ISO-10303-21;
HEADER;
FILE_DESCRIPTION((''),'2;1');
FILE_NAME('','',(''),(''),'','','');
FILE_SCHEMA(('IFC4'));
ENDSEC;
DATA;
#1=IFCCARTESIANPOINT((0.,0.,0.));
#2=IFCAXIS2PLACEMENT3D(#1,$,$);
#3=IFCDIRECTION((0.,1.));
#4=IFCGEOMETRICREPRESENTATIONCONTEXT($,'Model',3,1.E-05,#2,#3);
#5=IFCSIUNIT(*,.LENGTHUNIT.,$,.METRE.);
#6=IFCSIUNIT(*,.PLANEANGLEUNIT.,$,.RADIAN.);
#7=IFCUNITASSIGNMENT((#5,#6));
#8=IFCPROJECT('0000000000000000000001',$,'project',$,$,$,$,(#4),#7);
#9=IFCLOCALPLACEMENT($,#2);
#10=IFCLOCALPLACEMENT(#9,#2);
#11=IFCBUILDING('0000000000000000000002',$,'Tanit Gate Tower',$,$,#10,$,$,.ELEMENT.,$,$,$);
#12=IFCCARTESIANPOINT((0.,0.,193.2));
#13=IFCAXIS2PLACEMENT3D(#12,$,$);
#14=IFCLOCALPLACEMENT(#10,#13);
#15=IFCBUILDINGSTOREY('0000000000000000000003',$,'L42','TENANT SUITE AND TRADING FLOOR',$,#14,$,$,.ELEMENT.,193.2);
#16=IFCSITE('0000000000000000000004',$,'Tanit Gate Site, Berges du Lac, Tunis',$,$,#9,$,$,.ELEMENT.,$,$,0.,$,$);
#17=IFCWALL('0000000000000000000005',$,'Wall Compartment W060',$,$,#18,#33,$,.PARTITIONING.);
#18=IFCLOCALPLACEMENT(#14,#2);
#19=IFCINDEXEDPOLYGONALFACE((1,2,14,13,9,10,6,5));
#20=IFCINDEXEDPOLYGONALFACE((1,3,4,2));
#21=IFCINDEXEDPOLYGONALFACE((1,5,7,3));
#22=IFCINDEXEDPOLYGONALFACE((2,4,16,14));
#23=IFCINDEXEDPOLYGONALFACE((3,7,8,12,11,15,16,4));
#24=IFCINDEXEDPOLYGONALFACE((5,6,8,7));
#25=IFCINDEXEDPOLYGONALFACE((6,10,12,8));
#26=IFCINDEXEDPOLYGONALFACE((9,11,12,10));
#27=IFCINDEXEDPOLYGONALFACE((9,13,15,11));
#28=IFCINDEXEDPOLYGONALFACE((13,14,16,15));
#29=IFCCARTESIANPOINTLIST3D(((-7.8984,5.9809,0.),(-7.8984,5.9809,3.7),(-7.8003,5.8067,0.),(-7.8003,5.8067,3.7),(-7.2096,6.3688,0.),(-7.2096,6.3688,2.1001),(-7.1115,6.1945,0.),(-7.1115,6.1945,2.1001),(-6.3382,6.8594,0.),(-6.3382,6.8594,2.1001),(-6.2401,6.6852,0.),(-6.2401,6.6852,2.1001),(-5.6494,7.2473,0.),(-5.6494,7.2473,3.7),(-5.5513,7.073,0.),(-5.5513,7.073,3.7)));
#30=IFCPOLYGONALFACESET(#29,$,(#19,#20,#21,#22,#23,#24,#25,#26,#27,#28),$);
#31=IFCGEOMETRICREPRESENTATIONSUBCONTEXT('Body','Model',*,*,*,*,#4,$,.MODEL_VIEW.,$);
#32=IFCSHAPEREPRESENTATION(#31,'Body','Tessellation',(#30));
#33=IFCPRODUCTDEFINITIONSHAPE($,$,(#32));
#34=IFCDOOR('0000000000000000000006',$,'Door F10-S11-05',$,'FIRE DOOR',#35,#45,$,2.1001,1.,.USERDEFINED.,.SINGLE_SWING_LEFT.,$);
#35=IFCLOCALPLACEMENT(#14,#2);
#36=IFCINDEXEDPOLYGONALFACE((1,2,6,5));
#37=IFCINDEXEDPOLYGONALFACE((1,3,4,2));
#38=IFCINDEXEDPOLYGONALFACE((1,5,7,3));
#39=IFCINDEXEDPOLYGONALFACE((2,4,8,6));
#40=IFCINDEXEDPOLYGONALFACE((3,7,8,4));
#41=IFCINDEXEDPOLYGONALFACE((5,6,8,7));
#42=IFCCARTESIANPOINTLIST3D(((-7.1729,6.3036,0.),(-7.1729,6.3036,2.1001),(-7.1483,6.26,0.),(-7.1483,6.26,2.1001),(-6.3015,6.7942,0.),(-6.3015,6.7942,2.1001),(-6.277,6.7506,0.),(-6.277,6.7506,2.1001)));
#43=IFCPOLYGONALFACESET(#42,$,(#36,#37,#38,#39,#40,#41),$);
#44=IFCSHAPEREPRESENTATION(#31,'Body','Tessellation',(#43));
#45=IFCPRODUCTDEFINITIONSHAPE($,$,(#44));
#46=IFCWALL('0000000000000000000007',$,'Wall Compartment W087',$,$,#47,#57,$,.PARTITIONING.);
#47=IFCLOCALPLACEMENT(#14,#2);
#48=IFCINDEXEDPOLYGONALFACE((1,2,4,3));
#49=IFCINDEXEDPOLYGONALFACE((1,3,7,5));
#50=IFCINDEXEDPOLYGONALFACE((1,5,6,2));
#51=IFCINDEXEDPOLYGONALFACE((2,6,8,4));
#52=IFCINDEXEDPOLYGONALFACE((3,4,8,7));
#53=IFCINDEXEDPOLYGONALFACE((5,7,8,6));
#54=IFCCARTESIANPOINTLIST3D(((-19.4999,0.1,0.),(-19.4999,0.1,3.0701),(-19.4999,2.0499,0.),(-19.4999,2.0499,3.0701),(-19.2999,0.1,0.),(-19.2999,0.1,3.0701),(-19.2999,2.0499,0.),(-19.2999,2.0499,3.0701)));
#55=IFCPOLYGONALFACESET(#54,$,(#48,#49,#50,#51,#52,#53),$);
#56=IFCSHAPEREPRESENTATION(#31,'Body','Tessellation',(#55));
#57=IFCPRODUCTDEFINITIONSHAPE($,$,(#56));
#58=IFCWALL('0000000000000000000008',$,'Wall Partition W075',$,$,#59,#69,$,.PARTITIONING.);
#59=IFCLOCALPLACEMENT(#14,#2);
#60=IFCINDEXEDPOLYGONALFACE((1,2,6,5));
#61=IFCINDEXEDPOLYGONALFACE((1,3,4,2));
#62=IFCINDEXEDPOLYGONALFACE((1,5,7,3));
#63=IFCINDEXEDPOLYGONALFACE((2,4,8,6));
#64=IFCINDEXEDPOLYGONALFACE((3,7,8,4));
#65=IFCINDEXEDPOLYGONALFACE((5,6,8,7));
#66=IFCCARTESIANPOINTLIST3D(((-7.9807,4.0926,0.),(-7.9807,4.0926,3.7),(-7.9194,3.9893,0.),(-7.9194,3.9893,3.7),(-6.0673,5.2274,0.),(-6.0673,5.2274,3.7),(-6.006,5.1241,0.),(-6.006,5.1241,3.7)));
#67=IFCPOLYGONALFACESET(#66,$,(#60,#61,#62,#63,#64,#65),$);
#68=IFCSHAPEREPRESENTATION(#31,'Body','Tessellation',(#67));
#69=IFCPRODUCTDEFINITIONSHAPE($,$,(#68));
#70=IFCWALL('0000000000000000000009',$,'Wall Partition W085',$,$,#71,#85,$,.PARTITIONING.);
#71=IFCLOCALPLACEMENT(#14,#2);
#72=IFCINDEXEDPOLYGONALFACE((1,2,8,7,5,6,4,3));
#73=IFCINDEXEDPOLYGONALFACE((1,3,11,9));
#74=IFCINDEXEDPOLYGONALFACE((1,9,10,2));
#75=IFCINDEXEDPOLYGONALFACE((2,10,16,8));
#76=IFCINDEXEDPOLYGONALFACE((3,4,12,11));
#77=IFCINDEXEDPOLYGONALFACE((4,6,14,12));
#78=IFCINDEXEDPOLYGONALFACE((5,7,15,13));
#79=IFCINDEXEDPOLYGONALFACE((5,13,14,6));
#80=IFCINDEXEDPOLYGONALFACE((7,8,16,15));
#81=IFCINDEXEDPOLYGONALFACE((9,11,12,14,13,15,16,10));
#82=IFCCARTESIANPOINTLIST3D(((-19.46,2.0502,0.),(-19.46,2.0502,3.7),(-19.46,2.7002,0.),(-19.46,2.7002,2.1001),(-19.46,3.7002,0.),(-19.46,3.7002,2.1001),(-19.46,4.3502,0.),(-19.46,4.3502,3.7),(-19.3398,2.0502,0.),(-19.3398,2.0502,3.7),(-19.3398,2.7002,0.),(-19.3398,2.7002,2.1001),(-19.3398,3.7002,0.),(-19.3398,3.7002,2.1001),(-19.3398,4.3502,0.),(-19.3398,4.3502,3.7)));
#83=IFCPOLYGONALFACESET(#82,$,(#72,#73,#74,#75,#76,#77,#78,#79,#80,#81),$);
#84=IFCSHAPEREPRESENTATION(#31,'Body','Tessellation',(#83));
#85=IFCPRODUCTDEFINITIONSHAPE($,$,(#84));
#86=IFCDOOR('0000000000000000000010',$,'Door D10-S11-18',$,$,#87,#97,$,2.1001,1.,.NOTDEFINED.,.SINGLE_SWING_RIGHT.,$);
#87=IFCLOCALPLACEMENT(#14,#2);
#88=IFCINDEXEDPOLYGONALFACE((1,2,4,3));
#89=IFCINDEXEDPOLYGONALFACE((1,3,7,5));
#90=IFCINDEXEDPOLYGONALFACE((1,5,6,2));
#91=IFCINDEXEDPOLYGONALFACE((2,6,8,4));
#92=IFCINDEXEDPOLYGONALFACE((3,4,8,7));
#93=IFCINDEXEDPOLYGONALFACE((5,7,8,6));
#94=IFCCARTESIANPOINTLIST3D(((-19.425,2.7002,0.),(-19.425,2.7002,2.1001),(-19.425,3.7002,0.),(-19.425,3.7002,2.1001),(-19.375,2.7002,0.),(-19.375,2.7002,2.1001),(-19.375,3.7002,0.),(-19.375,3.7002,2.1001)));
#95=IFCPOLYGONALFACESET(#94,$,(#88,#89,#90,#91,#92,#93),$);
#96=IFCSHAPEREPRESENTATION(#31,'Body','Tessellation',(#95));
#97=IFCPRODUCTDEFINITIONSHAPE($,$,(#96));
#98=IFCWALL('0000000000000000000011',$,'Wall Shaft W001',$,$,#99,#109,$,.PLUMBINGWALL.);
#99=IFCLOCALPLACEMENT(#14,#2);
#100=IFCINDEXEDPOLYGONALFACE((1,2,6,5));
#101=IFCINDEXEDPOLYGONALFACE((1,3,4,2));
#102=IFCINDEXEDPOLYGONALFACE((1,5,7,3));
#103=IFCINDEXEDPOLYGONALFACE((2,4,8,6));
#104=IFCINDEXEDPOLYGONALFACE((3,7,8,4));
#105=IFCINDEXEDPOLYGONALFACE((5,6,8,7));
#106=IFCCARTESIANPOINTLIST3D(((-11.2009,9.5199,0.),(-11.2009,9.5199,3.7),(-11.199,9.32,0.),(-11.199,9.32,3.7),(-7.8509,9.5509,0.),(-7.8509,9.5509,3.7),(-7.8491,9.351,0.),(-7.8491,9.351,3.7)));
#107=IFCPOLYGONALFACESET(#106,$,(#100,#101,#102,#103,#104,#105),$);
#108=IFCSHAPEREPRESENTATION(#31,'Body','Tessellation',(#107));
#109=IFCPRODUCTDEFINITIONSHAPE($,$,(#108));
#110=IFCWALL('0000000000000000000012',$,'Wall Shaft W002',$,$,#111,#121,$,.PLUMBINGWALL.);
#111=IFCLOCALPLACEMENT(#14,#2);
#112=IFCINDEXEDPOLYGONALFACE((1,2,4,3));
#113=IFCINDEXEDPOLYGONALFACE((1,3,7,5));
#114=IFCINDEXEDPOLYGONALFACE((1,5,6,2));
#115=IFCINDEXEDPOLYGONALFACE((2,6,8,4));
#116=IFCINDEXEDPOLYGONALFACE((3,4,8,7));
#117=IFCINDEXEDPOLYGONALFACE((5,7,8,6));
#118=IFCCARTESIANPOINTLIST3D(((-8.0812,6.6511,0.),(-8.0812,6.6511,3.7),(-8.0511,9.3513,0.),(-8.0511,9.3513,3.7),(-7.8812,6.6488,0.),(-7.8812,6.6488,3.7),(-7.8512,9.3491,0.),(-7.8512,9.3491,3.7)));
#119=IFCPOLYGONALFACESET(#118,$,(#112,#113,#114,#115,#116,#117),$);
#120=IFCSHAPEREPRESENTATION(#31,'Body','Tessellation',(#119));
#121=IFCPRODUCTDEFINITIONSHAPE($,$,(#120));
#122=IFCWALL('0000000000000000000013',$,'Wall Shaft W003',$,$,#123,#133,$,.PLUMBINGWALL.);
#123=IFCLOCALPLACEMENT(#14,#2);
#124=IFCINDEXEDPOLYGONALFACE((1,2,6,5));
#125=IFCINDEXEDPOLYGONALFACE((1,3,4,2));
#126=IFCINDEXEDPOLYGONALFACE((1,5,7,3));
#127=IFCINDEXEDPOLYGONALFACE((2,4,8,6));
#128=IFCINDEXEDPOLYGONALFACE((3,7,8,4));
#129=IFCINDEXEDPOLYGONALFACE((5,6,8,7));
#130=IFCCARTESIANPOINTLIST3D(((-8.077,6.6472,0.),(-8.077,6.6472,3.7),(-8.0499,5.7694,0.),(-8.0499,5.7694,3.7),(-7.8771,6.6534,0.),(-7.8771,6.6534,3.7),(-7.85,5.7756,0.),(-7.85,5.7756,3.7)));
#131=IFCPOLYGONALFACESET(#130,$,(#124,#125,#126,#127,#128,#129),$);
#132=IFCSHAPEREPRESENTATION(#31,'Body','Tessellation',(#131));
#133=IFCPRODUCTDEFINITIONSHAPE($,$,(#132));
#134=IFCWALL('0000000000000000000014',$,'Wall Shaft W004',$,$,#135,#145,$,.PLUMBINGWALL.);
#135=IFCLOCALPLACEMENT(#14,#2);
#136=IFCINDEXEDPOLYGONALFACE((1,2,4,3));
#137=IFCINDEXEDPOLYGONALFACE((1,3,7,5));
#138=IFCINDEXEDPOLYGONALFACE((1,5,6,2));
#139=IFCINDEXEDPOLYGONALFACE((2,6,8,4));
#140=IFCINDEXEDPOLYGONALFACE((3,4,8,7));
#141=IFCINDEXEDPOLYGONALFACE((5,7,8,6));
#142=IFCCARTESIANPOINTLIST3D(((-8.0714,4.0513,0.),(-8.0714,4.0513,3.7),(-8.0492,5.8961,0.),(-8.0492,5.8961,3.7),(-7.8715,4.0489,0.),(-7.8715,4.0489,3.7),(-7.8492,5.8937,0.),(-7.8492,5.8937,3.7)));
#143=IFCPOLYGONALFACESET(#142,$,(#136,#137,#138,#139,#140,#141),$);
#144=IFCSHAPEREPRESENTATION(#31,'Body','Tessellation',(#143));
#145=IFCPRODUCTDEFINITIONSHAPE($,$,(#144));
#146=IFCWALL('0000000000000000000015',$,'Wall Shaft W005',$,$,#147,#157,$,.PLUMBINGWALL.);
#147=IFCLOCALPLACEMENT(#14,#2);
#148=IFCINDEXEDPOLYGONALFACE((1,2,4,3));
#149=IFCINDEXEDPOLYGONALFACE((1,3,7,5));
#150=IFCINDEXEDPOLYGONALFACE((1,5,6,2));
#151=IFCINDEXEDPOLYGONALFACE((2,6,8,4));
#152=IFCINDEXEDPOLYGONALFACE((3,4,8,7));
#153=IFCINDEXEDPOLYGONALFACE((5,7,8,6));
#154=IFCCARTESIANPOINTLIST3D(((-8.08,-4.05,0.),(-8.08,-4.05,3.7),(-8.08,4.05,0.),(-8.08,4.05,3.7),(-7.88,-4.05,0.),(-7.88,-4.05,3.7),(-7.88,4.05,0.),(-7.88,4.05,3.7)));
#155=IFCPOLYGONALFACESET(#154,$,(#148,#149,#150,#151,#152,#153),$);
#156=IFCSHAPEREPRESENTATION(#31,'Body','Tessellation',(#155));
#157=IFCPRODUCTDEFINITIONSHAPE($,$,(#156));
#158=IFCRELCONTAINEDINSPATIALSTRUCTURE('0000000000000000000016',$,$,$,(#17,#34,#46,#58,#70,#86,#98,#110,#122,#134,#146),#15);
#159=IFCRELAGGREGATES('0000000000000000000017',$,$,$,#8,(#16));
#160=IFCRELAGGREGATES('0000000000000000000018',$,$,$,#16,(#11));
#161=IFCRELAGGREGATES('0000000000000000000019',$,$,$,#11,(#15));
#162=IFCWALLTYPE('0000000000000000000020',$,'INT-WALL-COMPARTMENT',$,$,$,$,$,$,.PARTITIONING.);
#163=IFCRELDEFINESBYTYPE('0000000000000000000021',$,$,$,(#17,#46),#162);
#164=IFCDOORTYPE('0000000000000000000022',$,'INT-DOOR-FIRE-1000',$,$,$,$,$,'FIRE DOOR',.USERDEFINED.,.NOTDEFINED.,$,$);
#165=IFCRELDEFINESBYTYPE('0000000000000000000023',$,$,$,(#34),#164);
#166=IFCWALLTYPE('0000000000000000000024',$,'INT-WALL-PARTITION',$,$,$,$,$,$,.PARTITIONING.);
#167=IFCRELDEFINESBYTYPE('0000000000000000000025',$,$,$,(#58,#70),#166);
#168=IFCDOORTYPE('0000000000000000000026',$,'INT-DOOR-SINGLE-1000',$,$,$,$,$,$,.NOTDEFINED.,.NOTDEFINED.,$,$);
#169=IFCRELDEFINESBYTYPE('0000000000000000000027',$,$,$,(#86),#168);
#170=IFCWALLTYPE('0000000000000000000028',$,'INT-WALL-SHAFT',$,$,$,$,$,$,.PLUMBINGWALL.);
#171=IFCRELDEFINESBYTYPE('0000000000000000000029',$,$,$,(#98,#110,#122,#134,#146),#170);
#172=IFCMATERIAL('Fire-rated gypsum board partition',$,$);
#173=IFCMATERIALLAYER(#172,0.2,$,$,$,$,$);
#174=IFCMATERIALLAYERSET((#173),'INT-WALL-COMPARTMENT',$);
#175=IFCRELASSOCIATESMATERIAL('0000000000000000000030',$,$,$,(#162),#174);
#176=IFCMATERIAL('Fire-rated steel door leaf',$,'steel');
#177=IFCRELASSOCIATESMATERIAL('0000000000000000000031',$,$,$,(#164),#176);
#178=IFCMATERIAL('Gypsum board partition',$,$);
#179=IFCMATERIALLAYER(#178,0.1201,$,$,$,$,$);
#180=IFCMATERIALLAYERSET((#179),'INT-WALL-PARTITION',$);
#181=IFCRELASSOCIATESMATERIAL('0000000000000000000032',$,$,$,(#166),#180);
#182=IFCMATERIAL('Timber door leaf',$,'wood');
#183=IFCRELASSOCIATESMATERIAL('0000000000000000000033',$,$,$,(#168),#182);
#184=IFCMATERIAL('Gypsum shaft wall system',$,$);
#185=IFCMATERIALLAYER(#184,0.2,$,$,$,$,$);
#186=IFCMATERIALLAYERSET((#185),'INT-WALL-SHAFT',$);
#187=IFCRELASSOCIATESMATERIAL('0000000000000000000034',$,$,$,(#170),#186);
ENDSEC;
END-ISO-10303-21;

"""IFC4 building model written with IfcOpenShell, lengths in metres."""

from ifc_helpers import new_model, si_unit, direction, frame, frame_2d, origin, place, context, subcontext, project, spatial, rectangle, extrude, material, layer, layer_set, type_object, element, fill, save


model = new_model("IFC4")

# Units and contexts
model_context = context("Model", 3, precision=1e-05, world=origin(), true_north=direction((0.0, 1.0)))
body_context = subcontext(model_context, "Body", "Model", "MODEL_VIEW")
ifc_project = project(units=[si_unit("LENGTHUNIT", "METRE"), si_unit("PLANEANGLEUNIT", "RADIAN")], contexts=[model_context])

# Site, building, storey
site_placement = place(None, origin())
site = spatial("IfcSite", under=ifc_project, at=site_placement, Name="Tanit Gate Site, Berges du Lac, Tunis", CompositionType="ELEMENT", RefElevation=0.0)
building_placement = place(site_placement, origin())
building = spatial("IfcBuilding", under=site, at=building_placement, Name="Tanit Gate Tower", CompositionType="ELEMENT")
storey_placement = place(building_placement, frame((0.0, 0.0, 193.2)))
storey = spatial("IfcBuildingStorey", under=building, at=storey_placement, Name="L42", Description="TENANT SUITE AND TRADING FLOOR", CompositionType="ELEMENT", Elevation=193.2)

# Wall, opening, door
ifc_material_1 = material(Name="Fire-rated gypsum board partition")
ifc_layer_1 = layer(ifc_material_1, 0.2)
ifc_layer_set_1 = layer_set([ifc_layer_1], Name="INT-WALL-COMPARTMENT")
wall_type_1 = type_object("IfcWallType", Name="INT-WALL-COMPARTMENT", PredefinedType="PARTITIONING", material=ifc_layer_set_1)
wall_1_placement = place(storey_placement, frame((-5.6003, 7.1602, 0.0), z_axis=(0.0, 0.0, 1.0), x_axis=(-0.871363, -0.490638, 0.0)))
wall_1 = element("IfcWall", 1, at=wall_1_placement, inside=storey, type_object=wall_type_1, Name="Wall Compartment W060", PredefinedType="PARTITIONING", context=body_context, shape_type="SweptSolid", body=[
    extrude(rectangle(XDim=2.5811, YDim=0.2, at=frame_2d((1.2905, 0.0))), origin(), (0.0, 0.0, 1.0), 3.7),
])
opening_1_placement = place(wall_1_placement, frame((0.7905, 0.0, 0.0)))
opening_1 = element("IfcOpeningElement", 2, at=opening_1_placement, cuts=wall_1, PredefinedType="OPENING", context=body_context, shape_type="SweptSolid", body=[
    extrude(rectangle(XDim=1.0, YDim=2.1001, at=frame_2d((0.5, 1.05))), frame((0.0, 0.1099, 0.0), z_axis=(0.0, -1.0, 0.0), x_axis=(1.0, 0.0, 0.0)), (0.0, 0.0, 1.0), 0.22),
])
ifc_material_2 = material(Name="Fire-rated steel door leaf", Category="steel")
door_type_1 = type_object("IfcDoorType", Name="INT-DOOR-FIRE-1000", ElementType="FIRE DOOR", OperationType="NOTDEFINED", PredefinedType="USERDEFINED", material=ifc_material_2)
door_1_placement = place(opening_1_placement, origin())
door_1 = element("IfcDoor", 3, at=door_1_placement, inside=storey, type_object=door_type_1, Name="Door F10-S11-05", ObjectType="FIRE DOOR", OperationType="SINGLE_SWING_LEFT", OverallHeight=2.1001, OverallWidth=1.0, PredefinedType="USERDEFINED", context=body_context, shape_type="SweptSolid", body=[
    extrude(rectangle(XDim=1.0, YDim=2.1001, at=frame_2d((0.5, 1.05))), frame((0.0, 0.0249, 0.0), z_axis=(0.0, -1.0, 0.0), x_axis=(1.0, 0.0, 0.0)), (0.0, 0.0, 1.0), 0.05),
])
fill(opening_1, door_1)

# Walls
wall_2_placement = place(storey_placement, frame((-19.3999, 2.05, 0.0), z_axis=(0.0, 0.0, 1.0), x_axis=(0.0, -1.0, 0.0)))
element("IfcWall", 4, at=wall_2_placement, inside=storey, type_object=wall_type_1, Name="Wall Compartment W087", PredefinedType="PARTITIONING", context=body_context, shape_type="SweptSolid", body=[
    extrude(rectangle(XDim=1.95, YDim=0.2, at=frame_2d((0.9751, 0.0))), origin(), (0.0, 0.0, 1.0), 3.0701),
])
ifc_material_3 = material(Name="Gypsum board partition")
ifc_layer_2 = layer(ifc_material_3, 0.1201)
ifc_layer_set_2 = layer_set([ifc_layer_2], Name="INT-WALL-PARTITION")
wall_type_2 = type_object("IfcWallType", Name="INT-WALL-PARTITION", PredefinedType="PARTITIONING", material=ifc_layer_set_2)
wall_3_placement = place(storey_placement, frame((-6.0366, 5.1758, 0.0), z_axis=(0.0, 0.0, 1.0), x_axis=(-0.860106, -0.510115, 0.0)))
element("IfcWall", 5, at=wall_3_placement, inside=storey, type_object=wall_type_2, Name="Wall Partition W075", PredefinedType="PARTITIONING", context=body_context, shape_type="SweptSolid", body=[
    extrude(rectangle(XDim=2.2246, YDim=0.1201, at=frame_2d((1.1123, 0.0))), origin(), (0.0, 0.0, 1.0), 3.7),
])

# Wall, opening, door
wall_4_placement = place(storey_placement, frame((-19.3999, 4.3501, 0.0), z_axis=(0.0, 0.0, 1.0), x_axis=(0.0, -1.0, 0.0)))
wall_4 = element("IfcWall", 6, at=wall_4_placement, inside=storey, type_object=wall_type_2, Name="Wall Partition W085", PredefinedType="PARTITIONING", context=body_context, shape_type="SweptSolid", body=[
    extrude(rectangle(XDim=2.3, YDim=0.1201, at=frame_2d((1.1499, 0.0))), origin(), (0.0, 0.0, 1.0), 3.7),
])
opening_2_placement = place(wall_4_placement, frame((0.6499, 0.0, 0.0)))
opening_2 = element("IfcOpeningElement", 7, at=opening_2_placement, cuts=wall_4, PredefinedType="OPENING", context=body_context, shape_type="SweptSolid", body=[
    extrude(rectangle(XDim=1.0, YDim=2.1001, at=frame_2d((0.5, 1.05))), frame((0.0, 0.0701, 0.0), z_axis=(0.0, -1.0, 0.0), x_axis=(1.0, 0.0, 0.0)), (0.0, 0.0, 1.0), 0.1401),
])
ifc_material_4 = material(Name="Timber door leaf", Category="wood")
door_type_2 = type_object("IfcDoorType", Name="INT-DOOR-SINGLE-1000", OperationType="NOTDEFINED", PredefinedType="NOTDEFINED", material=ifc_material_4)
door_2_placement = place(opening_2_placement, origin())
door_2 = element("IfcDoor", 8, at=door_2_placement, inside=storey, type_object=door_type_2, Name="Door D10-S11-18", OperationType="SINGLE_SWING_RIGHT", OverallHeight=2.1001, OverallWidth=1.0, PredefinedType="NOTDEFINED", context=body_context, shape_type="SweptSolid", body=[
    extrude(rectangle(XDim=1.0, YDim=2.1001, at=frame_2d((0.5, 1.05))), frame((0.0, 0.0249, 0.0), z_axis=(0.0, -1.0, 0.0), x_axis=(1.0, 0.0, 0.0)), (0.0, 0.0, 1.0), 0.05),
])
fill(opening_2, door_2)

# Walls
ifc_material_5 = material(Name="Gypsum shaft wall system")
ifc_layer_3 = layer(ifc_material_5, 0.2)
ifc_layer_set_3 = layer_set([ifc_layer_3], Name="INT-WALL-SHAFT")
wall_type_3 = type_object("IfcWallType", Name="INT-WALL-SHAFT", PredefinedType="PLUMBINGWALL", material=ifc_layer_set_3)
wall_5_placement = place(storey_placement, frame((-11.2, 9.4199, 0.0), z_axis=(0.0, 0.0, 1.0), x_axis=(0.999957, 0.009255, 0.0)))
element("IfcWall", 9, at=wall_5_placement, inside=storey, type_object=wall_type_3, Name="Wall Shaft W001", PredefinedType="PLUMBINGWALL", context=body_context, shape_type="SweptSolid", body=[
    extrude(rectangle(XDim=3.3501, YDim=0.2, at=frame_2d((1.675, 0.0))), origin(), (0.0, 0.0, 1.0), 3.7),
])
wall_6_placement = place(storey_placement, frame((-7.9512, 9.3501, 0.0), z_axis=(0.0, 0.0, 1.0), x_axis=(-0.01112, -0.999938, 0.0)))
element("IfcWall", 10, at=wall_6_placement, inside=storey, type_object=wall_type_3, Name="Wall Shaft W002", PredefinedType="PLUMBINGWALL", context=body_context, shape_type="SweptSolid", body=[
    extrude(rectangle(XDim=2.7004, YDim=0.2, at=frame_2d((1.3501, 0.0))), origin(), (0.0, 0.0, 1.0), 3.7),
])
wall_7_placement = place(storey_placement, frame((-7.9771, 6.6501, 0.0), z_axis=(0.0, 0.0, 1.0), x_axis=(0.030862, -0.999524, 0.0)))
element("IfcWall", 11, at=wall_7_placement, inside=storey, type_object=wall_type_3, Name="Wall Shaft W003", PredefinedType="PLUMBINGWALL", context=body_context, shape_type="SweptSolid", body=[
    extrude(rectangle(XDim=0.8782, YDim=0.2, at=frame_2d((0.439, 0.0))), origin(), (0.0, 0.0, 1.0), 3.7),
])
wall_8_placement = place(storey_placement, frame((-7.9492, 5.8948, 0.0), z_axis=(0.0, 0.0, 1.0), x_axis=(-0.012043, -0.999927, 0.0)))
element("IfcWall", 12, at=wall_8_placement, inside=storey, type_object=wall_type_3, Name="Wall Shaft W004", PredefinedType="PLUMBINGWALL", context=body_context, shape_type="SweptSolid", body=[
    extrude(rectangle(XDim=1.845, YDim=0.2, at=frame_2d((0.9224, 0.0))), origin(), (0.0, 0.0, 1.0), 3.7),
])
wall_9_placement = place(storey_placement, frame((-7.98, 4.05, 0.0), z_axis=(0.0, 0.0, 1.0), x_axis=(0.0, -1.0, 0.0)))
element("IfcWall", 13, at=wall_9_placement, inside=storey, type_object=wall_type_3, Name="Wall Shaft W005", PredefinedType="PLUMBINGWALL", context=body_context, shape_type="SweptSolid", body=[
    extrude(rectangle(XDim=8.1001, YDim=0.2, at=frame_2d((4.05, 0.0))), origin(), (0.0, 0.0, 1.0), 3.7),
])

save(model, "model.ifc")
